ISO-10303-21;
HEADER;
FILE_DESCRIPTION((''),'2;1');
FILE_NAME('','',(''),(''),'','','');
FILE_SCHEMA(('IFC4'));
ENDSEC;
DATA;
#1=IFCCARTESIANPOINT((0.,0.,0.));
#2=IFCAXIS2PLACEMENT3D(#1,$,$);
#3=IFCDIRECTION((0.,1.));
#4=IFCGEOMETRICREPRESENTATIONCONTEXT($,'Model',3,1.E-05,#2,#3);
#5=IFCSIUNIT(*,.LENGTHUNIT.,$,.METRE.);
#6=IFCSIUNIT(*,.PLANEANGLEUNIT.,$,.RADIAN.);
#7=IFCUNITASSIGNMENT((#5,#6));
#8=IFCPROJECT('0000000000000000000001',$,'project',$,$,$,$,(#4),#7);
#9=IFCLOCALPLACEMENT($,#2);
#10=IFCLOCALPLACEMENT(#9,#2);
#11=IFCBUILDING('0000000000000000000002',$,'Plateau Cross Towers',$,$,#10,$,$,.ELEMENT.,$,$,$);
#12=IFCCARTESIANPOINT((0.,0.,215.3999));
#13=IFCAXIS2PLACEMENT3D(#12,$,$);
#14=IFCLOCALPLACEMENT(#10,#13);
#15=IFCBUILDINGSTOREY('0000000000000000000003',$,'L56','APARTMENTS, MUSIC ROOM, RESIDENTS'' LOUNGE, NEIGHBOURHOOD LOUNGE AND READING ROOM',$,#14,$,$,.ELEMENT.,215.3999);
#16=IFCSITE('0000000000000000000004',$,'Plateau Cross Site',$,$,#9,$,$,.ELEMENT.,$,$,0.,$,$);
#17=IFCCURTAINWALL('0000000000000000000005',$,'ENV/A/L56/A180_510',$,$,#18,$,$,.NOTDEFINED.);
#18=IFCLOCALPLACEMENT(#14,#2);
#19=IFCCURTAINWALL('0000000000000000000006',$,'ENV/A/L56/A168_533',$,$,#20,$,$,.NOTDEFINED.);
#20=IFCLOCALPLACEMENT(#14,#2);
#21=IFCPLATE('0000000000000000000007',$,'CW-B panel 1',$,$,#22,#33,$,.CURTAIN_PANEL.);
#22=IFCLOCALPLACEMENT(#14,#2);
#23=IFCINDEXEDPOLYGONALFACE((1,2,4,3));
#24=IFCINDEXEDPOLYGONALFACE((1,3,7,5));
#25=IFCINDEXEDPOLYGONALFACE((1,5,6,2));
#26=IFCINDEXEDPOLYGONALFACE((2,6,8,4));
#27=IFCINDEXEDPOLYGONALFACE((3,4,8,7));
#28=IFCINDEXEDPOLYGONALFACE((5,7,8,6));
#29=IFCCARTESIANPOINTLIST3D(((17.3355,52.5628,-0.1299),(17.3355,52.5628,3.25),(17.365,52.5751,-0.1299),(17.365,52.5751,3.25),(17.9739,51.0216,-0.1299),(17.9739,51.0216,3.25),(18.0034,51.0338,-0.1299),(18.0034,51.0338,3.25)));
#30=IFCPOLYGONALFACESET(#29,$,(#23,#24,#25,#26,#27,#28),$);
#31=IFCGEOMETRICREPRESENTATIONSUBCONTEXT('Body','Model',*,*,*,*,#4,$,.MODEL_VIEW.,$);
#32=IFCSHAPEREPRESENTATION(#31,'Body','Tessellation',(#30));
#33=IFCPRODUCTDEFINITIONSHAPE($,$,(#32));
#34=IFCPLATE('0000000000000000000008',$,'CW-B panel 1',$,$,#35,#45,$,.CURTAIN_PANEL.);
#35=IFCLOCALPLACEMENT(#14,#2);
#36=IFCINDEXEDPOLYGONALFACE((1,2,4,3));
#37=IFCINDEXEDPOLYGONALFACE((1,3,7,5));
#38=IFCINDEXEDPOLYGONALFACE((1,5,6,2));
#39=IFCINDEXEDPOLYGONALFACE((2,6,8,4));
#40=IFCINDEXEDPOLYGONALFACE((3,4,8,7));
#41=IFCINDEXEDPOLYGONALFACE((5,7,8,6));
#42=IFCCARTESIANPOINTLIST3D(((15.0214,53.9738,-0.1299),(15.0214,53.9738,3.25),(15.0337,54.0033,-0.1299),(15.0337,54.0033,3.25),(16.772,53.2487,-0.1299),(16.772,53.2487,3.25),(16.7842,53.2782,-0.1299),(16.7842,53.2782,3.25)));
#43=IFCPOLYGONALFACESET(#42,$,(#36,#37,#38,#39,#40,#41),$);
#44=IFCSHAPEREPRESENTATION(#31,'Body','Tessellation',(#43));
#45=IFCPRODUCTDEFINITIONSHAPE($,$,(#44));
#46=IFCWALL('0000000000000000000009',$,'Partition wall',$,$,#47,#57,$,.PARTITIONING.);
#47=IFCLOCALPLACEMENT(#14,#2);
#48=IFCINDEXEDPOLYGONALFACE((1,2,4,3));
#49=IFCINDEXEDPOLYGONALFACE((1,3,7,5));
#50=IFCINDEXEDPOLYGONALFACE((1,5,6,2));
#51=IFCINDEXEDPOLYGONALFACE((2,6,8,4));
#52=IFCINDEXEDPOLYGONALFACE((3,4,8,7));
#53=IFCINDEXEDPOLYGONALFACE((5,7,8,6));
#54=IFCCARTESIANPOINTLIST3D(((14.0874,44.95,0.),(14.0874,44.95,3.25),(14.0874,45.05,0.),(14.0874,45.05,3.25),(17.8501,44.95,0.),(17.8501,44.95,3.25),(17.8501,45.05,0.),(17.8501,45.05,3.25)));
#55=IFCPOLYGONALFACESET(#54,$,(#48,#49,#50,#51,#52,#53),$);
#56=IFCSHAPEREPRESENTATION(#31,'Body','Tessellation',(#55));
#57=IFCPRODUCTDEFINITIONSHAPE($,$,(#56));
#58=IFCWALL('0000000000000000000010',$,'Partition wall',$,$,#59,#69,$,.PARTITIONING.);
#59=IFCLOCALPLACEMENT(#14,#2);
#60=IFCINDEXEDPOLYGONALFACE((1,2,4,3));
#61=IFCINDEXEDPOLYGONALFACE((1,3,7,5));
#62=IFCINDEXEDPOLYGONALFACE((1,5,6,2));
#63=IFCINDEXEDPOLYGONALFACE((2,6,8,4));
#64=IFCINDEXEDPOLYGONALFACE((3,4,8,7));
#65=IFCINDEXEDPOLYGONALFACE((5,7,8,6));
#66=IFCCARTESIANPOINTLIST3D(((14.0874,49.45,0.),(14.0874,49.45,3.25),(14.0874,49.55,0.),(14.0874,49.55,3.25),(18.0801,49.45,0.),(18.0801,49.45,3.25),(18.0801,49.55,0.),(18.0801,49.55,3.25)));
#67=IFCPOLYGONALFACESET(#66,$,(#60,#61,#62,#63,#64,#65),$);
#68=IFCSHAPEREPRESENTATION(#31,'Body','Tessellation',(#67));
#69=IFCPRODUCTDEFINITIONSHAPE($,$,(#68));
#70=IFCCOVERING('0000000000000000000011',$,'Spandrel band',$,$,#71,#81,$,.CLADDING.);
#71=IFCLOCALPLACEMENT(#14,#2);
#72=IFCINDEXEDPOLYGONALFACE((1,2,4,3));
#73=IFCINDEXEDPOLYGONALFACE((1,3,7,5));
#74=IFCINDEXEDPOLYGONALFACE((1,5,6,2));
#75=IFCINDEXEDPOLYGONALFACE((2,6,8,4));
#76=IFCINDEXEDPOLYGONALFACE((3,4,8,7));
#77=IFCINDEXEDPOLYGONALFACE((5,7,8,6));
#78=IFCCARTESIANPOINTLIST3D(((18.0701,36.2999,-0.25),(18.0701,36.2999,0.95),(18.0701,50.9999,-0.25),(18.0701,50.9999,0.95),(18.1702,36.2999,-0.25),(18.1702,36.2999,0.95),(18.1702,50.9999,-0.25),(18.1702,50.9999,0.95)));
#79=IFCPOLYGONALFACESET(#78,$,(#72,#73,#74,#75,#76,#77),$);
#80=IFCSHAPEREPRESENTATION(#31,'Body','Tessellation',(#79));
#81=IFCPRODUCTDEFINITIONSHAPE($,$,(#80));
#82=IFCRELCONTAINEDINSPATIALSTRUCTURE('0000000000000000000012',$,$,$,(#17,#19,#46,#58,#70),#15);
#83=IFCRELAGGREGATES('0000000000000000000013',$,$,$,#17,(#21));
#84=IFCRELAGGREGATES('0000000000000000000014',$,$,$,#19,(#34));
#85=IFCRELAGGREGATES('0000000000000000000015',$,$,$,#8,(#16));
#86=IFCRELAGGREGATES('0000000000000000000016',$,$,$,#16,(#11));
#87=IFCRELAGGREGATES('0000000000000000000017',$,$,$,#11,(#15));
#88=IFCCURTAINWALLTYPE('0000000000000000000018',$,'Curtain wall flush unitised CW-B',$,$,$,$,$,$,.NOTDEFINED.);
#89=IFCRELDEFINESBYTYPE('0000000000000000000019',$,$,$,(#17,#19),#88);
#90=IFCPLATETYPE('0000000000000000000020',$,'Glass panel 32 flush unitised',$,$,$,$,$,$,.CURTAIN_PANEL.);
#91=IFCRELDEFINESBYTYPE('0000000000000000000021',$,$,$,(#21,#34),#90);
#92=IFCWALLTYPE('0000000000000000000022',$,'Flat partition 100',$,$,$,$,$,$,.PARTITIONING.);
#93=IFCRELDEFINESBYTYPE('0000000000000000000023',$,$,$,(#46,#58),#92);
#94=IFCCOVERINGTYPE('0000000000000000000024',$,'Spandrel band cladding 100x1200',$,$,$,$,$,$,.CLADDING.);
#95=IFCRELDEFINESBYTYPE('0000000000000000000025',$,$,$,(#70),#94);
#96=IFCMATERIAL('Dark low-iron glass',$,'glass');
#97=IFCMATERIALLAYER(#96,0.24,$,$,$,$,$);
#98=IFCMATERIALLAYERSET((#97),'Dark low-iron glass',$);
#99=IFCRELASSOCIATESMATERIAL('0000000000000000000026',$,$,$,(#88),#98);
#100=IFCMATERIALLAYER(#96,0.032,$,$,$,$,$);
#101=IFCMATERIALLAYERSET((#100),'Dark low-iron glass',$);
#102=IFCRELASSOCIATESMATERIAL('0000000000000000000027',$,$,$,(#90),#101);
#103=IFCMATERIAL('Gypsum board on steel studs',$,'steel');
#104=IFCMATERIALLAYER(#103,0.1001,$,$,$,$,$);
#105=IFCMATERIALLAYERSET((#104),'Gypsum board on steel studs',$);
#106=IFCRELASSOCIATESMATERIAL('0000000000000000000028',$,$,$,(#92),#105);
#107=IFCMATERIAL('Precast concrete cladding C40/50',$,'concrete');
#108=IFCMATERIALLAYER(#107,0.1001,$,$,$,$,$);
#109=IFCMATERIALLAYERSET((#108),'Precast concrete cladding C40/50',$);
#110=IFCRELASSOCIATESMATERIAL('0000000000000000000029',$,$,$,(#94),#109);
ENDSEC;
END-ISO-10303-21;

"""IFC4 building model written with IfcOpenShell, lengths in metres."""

from ifc_helpers import new_model, si_unit, direction, frame, frame_2d, origin, origin_2d, place, context, subcontext, project, spatial, rectangle, extrude, material, layer, layer_set, type_object, element, aggregate, save


model = new_model("IFC4")

# Units and contexts
model_context = context("Model", 3, precision=1e-05, world=origin(), true_north=direction((0.0, 1.0)))
body_context = subcontext(model_context, "Body", "Model", "MODEL_VIEW")
ifc_project = project(units=[si_unit("LENGTHUNIT", "METRE"), si_unit("PLANEANGLEUNIT", "RADIAN")], contexts=[model_context])

# Site, building, storey
site_placement = place(None, origin())
site = spatial("IfcSite", under=ifc_project, at=site_placement, Name="Plateau Cross Site", CompositionType="ELEMENT", RefElevation=0.0)
building_placement = place(site_placement, origin())
building = spatial("IfcBuilding", under=site, at=building_placement, Name="Plateau Cross Towers", CompositionType="ELEMENT")
storey_placement = place(building_placement, frame((0.0, 0.0, 215.3999)))
storey = spatial("IfcBuildingStorey", under=building, at=storey_placement, Name="L56", Description="APARTMENTS, MUSIC ROOM, RESIDENTS' LOUNGE, NEIGHBOURHOOD LOUNGE AND READING ROOM", CompositionType="ELEMENT", Elevation=215.3999)

# Shared definitions
ifc_material_1 = material(Name="Dark low-iron glass", Category="glass")
ifc_layer_1 = layer(ifc_material_1, 0.24)
ifc_layer_set_1 = layer_set([ifc_layer_1], Name="Dark low-iron glass")
curtain_wall_type = type_object("IfcCurtainWallType", Name="Curtain wall flush unitised CW-B", PredefinedType="NOTDEFINED", material=ifc_layer_set_1)

# Curtain wall
curtain_wall_1_placement = place(storey_placement, origin())
curtain_wall_1 = element("IfcCurtainWall", 1, at=curtain_wall_1_placement, inside=storey, type_object=curtain_wall_type, Name="ENV/A/L56/A180_510", PredefinedType="NOTDEFINED")

# Curtain wall
curtain_wall_2_placement = place(storey_placement, origin())
curtain_wall_2 = element("IfcCurtainWall", 2, at=curtain_wall_2_placement, inside=storey, type_object=curtain_wall_type, Name="ENV/A/L56/A168_533", PredefinedType="NOTDEFINED")

# Plates
ifc_layer_2 = layer(ifc_material_1, 0.032)
ifc_layer_set_2 = layer_set([ifc_layer_2], Name="Dark low-iron glass")
plate_type = type_object("IfcPlateType", Name="Glass panel 32 flush unitised", PredefinedType="CURTAIN_PANEL", material=ifc_layer_set_2)
plate_1_placement = place(storey_placement, frame((17.6694, 51.7983, -0.1299), z_axis=(0.0, 0.0, 1.0), x_axis=(-0.382684, 0.923879, 0.0)))
plate_1 = element("IfcPlate", 3, at=plate_1_placement, type_object=plate_type, Name="CW-B panel 1", PredefinedType="CURTAIN_PANEL", context=body_context, shape_type="SweptSolid", body=[
    extrude(rectangle(XDim=1.6682, YDim=0.032, at=origin_2d()), origin(), (0.0, 0.0, 1.0), 3.3799),
])
aggregate(curtain_wall_1, [plate_1])
plate_2_placement = place(storey_placement, frame((15.9028, 53.626, -0.1299), z_axis=(0.0, 0.0, 1.0), x_axis=(-0.923879, 0.382684, 0.0)))
plate_2 = element("IfcPlate", 4, at=plate_2_placement, type_object=plate_type, Name="CW-B panel 1", PredefinedType="CURTAIN_PANEL", context=body_context, shape_type="SweptSolid", body=[
    extrude(rectangle(XDim=1.8948, YDim=0.032, at=origin_2d()), origin(), (0.0, 0.0, 1.0), 3.3799),
])
aggregate(curtain_wall_2, [plate_2])

# Walls
ifc_material_2 = material(Name="Gypsum board on steel studs", Category="steel")
ifc_layer_3 = layer(ifc_material_2, 0.1001)
ifc_layer_set_3 = layer_set([ifc_layer_3], Name="Gypsum board on steel studs")
wall_type_1 = type_object("IfcWallType", Name="Flat partition 100", PredefinedType="PARTITIONING", material=ifc_layer_set_3)
wall_1_placement = place(storey_placement, frame((17.8501, 45.0, 0.0), z_axis=(0.0, 0.0, 1.0), x_axis=(-1.0, 0.0, 0.0)))
element("IfcWall", 5, at=wall_1_placement, inside=storey, type_object=wall_type_1, Name="Partition wall", PredefinedType="PARTITIONING", context=body_context, shape_type="SweptSolid", body=[
    extrude(rectangle(XDim=3.7627, YDim=0.1001, at=frame_2d((1.8813, 0.0))), origin(), (0.0, 0.0, 1.0), 3.25),
])
wall_2_placement = place(storey_placement, frame((18.0801, 49.5, 0.0), z_axis=(0.0, 0.0, 1.0), x_axis=(-1.0, 0.0, 0.0)))
element("IfcWall", 6, at=wall_2_placement, inside=storey, type_object=wall_type_1, Name="Partition wall", PredefinedType="PARTITIONING", context=body_context, shape_type="SweptSolid", body=[
    extrude(rectangle(XDim=3.9927, YDim=0.1001, at=frame_2d((1.9963, 0.0))), origin(), (0.0, 0.0, 1.0), 3.25),
])

# Covering
ifc_material_3 = material(Name="Precast concrete cladding C40/50", Category="concrete")
ifc_layer_4 = layer(ifc_material_3, 0.1001)
ifc_layer_set_4 = layer_set([ifc_layer_4], Name="Precast concrete cladding C40/50")
covering_type = type_object("IfcCoveringType", Name="Spandrel band cladding 100x1200", PredefinedType="CLADDING", material=ifc_layer_set_4)
covering_placement = place(storey_placement, frame((18.1201, 43.6499, -0.25), z_axis=(0.0, 0.0, 1.0), x_axis=(0.0, 1.0, 0.0)))
element("IfcCovering", 7, at=covering_placement, inside=storey, type_object=covering_type, Name="Spandrel band", PredefinedType="CLADDING", context=body_context, shape_type="SweptSolid", body=[
    extrude(rectangle(XDim=14.7, YDim=0.1001, at=origin_2d()), origin(), (0.0, 0.0, 1.0), 1.2),
])

save(model, "model.ifc")
